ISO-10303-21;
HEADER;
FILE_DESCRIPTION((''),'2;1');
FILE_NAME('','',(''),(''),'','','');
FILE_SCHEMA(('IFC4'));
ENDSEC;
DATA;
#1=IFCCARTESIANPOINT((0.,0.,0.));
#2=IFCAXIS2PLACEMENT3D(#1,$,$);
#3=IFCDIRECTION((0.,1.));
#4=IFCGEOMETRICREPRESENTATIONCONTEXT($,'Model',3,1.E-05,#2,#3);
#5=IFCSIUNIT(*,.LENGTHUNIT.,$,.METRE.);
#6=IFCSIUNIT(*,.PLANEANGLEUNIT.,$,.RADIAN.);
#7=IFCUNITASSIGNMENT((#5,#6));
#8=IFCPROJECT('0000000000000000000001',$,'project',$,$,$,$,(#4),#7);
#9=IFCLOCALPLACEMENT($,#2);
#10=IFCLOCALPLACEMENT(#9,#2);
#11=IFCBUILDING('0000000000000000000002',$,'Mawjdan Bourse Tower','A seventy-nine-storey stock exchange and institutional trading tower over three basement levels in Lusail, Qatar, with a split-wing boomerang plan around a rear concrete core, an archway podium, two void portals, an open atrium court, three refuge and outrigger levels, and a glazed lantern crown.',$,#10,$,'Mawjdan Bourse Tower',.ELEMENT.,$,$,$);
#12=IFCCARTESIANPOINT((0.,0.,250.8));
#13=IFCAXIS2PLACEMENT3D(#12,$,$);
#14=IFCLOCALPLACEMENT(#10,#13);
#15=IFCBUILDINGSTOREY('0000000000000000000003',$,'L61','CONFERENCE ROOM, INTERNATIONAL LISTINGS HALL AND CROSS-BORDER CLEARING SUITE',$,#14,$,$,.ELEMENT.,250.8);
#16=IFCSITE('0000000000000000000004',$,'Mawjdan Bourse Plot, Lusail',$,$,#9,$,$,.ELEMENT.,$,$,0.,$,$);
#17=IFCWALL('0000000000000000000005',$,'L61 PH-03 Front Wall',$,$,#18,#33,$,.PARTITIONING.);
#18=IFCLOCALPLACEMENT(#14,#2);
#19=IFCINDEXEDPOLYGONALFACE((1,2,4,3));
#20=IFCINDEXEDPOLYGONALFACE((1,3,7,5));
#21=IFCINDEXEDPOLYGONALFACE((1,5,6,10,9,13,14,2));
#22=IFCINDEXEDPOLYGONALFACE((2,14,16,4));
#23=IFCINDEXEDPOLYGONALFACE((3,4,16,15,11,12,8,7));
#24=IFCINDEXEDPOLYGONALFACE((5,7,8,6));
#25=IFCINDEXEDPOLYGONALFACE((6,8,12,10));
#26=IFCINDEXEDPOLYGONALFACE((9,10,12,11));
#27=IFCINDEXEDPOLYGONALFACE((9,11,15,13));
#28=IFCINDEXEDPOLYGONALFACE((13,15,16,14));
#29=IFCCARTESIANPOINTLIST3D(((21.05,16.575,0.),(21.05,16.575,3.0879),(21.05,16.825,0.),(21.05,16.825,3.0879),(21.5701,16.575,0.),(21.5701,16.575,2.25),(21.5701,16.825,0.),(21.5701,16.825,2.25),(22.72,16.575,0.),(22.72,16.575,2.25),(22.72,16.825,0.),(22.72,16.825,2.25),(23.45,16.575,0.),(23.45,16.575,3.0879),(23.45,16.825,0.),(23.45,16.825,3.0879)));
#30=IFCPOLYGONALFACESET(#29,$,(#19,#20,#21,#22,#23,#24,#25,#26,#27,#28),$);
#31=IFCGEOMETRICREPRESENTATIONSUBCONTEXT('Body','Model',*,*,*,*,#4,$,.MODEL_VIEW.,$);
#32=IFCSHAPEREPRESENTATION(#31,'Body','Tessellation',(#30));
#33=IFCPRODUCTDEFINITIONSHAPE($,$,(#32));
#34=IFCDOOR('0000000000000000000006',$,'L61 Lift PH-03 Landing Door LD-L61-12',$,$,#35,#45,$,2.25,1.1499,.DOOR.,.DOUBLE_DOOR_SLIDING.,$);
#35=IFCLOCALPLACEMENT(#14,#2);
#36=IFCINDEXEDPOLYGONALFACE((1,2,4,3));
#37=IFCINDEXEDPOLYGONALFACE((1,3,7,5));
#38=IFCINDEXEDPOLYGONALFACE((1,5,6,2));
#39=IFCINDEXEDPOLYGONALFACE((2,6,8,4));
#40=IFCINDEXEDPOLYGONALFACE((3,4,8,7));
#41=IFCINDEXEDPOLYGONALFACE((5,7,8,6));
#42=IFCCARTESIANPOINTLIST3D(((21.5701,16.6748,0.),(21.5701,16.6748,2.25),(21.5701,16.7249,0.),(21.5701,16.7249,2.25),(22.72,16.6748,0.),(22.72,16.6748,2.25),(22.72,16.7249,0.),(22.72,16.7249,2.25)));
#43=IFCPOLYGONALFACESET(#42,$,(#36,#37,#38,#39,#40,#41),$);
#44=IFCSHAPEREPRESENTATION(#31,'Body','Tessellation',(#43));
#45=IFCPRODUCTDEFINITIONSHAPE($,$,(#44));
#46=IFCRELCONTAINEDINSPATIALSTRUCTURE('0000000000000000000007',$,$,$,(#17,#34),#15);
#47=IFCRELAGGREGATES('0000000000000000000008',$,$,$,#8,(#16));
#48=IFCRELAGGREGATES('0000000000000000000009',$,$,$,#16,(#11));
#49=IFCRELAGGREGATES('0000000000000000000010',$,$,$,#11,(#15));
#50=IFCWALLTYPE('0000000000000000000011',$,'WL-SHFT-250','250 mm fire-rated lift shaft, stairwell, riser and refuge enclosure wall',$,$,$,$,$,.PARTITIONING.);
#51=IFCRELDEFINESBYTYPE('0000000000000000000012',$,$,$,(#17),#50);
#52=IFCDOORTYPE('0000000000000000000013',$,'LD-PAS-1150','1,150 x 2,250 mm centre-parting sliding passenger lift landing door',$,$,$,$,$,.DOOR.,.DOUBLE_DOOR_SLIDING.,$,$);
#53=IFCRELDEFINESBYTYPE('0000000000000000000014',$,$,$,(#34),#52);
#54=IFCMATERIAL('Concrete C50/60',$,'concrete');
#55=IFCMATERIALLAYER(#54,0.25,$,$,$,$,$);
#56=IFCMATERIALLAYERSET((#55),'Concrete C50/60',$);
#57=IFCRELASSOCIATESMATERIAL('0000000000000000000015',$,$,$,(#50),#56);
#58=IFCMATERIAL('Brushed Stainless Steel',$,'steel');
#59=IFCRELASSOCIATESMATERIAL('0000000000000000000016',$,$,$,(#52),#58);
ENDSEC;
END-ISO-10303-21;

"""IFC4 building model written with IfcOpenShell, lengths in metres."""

from ifc_helpers import new_model, si_unit, direction, frame, frame_2d, origin, place, context, subcontext, project, spatial, rectangle, extrude, material, layer, layer_set, type_object, element, fill, save


model = new_model("IFC4")

# Units and contexts
model_context = context("Model", 3, precision=1e-05, world=origin(), true_north=direction((0.0, 1.0)))
body_context = subcontext(model_context, "Body", "Model", "MODEL_VIEW")
ifc_project = project(units=[si_unit("LENGTHUNIT", "METRE"), si_unit("PLANEANGLEUNIT", "RADIAN")], contexts=[model_context])

# Site, building, storey
site_placement = place(None, origin())
site = spatial("IfcSite", under=ifc_project, at=site_placement, Name="Mawjdan Bourse Plot, Lusail", CompositionType="ELEMENT", RefElevation=0.0)
building_placement = place(site_placement, origin())
building = spatial("IfcBuilding", under=site, at=building_placement, Name="Mawjdan Bourse Tower", Description="A seventy-nine-storey stock exchange and institutional trading tower over three basement levels in Lusail, Qatar, with a split-wing boomerang plan around a rear concrete core, an archway podium, two void portals, an open atrium court, three refuge and outrigger levels, and a glazed lantern crown.", LongName="Mawjdan Bourse Tower", CompositionType="ELEMENT")
storey_placement = place(building_placement, frame((0.0, 0.0, 250.8)))
storey = spatial("IfcBuildingStorey", under=building, at=storey_placement, Name="L61", Description="CONFERENCE ROOM, INTERNATIONAL LISTINGS HALL AND CROSS-BORDER CLEARING SUITE", CompositionType="ELEMENT", Elevation=250.8)

# Shared definitions
ifc_material_1 = material(Name="Concrete C50/60", Category="concrete")
ifc_layer_1 = layer(ifc_material_1, 0.25)
ifc_layer_set_1 = layer_set([ifc_layer_1], Name="Concrete C50/60")
wall_type_1 = type_object("IfcWallType", Name="WL-SHFT-250", Description="250 mm fire-rated lift shaft, stairwell, riser and refuge enclosure wall", PredefinedType="PARTITIONING", material=ifc_layer_set_1)

# Shared definitions
ifc_material_2 = material(Name="Brushed Stainless Steel", Category="steel")
door_type_1 = type_object("IfcDoorType", Name="LD-PAS-1150", Description="1,150 x 2,250 mm centre-parting sliding passenger lift landing door", OperationType="DOUBLE_DOOR_SLIDING", PredefinedType="DOOR", material=ifc_material_2)

# Wall, opening, door
wall_1_placement = place(storey_placement, frame((21.05, 16.7, 0.0), z_axis=(0.0, 0.0, 1.0), x_axis=(1.0, 0.0, 0.0)))
wall_1 = element("IfcWall", 1, at=wall_1_placement, inside=storey, type_object=wall_type_1, Name="L61 PH-03 Front Wall", PredefinedType="PARTITIONING", context=body_context, shape_type="SweptSolid", body=[
    extrude(rectangle(XDim=2.3999, YDim=0.25, at=frame_2d((1.2, 0.0))), origin(), (0.0, 0.0, 1.0), 3.0879),
])
opening_1_placement = place(wall_1_placement, frame((0.52, 0.0, 0.0)))
opening_1 = element("IfcOpeningElement", 2, at=opening_1_placement, cuts=wall_1, PredefinedType="OPENING", context=body_context, shape_type="SweptSolid", body=[
    extrude(rectangle(XDim=1.1499, YDim=2.25, at=frame_2d((0.575, 1.125))), frame((0.0, 0.135, 0.0), z_axis=(0.0, -1.0, 0.0), x_axis=(1.0, 0.0, 0.0)), (0.0, 0.0, 1.0), 0.27),
])
door_1_placement = place(opening_1_placement, origin())
door_1 = element("IfcDoor", 3, at=door_1_placement, inside=storey, type_object=door_type_1, Name="L61 Lift PH-03 Landing Door LD-L61-12", OperationType="DOUBLE_DOOR_SLIDING", OverallHeight=2.25, OverallWidth=1.1499, PredefinedType="DOOR", context=body_context, shape_type="SweptSolid", body=[
    extrude(rectangle(XDim=1.1499, YDim=2.25, at=frame_2d((0.575, 1.125))), frame((0.0, 0.0249, 0.0), z_axis=(0.0, -1.0, 0.0), x_axis=(1.0, 0.0, 0.0)), (0.0, 0.0, 1.0), 0.05),
])
fill(opening_1, door_1)

save(model, "model.ifc")
